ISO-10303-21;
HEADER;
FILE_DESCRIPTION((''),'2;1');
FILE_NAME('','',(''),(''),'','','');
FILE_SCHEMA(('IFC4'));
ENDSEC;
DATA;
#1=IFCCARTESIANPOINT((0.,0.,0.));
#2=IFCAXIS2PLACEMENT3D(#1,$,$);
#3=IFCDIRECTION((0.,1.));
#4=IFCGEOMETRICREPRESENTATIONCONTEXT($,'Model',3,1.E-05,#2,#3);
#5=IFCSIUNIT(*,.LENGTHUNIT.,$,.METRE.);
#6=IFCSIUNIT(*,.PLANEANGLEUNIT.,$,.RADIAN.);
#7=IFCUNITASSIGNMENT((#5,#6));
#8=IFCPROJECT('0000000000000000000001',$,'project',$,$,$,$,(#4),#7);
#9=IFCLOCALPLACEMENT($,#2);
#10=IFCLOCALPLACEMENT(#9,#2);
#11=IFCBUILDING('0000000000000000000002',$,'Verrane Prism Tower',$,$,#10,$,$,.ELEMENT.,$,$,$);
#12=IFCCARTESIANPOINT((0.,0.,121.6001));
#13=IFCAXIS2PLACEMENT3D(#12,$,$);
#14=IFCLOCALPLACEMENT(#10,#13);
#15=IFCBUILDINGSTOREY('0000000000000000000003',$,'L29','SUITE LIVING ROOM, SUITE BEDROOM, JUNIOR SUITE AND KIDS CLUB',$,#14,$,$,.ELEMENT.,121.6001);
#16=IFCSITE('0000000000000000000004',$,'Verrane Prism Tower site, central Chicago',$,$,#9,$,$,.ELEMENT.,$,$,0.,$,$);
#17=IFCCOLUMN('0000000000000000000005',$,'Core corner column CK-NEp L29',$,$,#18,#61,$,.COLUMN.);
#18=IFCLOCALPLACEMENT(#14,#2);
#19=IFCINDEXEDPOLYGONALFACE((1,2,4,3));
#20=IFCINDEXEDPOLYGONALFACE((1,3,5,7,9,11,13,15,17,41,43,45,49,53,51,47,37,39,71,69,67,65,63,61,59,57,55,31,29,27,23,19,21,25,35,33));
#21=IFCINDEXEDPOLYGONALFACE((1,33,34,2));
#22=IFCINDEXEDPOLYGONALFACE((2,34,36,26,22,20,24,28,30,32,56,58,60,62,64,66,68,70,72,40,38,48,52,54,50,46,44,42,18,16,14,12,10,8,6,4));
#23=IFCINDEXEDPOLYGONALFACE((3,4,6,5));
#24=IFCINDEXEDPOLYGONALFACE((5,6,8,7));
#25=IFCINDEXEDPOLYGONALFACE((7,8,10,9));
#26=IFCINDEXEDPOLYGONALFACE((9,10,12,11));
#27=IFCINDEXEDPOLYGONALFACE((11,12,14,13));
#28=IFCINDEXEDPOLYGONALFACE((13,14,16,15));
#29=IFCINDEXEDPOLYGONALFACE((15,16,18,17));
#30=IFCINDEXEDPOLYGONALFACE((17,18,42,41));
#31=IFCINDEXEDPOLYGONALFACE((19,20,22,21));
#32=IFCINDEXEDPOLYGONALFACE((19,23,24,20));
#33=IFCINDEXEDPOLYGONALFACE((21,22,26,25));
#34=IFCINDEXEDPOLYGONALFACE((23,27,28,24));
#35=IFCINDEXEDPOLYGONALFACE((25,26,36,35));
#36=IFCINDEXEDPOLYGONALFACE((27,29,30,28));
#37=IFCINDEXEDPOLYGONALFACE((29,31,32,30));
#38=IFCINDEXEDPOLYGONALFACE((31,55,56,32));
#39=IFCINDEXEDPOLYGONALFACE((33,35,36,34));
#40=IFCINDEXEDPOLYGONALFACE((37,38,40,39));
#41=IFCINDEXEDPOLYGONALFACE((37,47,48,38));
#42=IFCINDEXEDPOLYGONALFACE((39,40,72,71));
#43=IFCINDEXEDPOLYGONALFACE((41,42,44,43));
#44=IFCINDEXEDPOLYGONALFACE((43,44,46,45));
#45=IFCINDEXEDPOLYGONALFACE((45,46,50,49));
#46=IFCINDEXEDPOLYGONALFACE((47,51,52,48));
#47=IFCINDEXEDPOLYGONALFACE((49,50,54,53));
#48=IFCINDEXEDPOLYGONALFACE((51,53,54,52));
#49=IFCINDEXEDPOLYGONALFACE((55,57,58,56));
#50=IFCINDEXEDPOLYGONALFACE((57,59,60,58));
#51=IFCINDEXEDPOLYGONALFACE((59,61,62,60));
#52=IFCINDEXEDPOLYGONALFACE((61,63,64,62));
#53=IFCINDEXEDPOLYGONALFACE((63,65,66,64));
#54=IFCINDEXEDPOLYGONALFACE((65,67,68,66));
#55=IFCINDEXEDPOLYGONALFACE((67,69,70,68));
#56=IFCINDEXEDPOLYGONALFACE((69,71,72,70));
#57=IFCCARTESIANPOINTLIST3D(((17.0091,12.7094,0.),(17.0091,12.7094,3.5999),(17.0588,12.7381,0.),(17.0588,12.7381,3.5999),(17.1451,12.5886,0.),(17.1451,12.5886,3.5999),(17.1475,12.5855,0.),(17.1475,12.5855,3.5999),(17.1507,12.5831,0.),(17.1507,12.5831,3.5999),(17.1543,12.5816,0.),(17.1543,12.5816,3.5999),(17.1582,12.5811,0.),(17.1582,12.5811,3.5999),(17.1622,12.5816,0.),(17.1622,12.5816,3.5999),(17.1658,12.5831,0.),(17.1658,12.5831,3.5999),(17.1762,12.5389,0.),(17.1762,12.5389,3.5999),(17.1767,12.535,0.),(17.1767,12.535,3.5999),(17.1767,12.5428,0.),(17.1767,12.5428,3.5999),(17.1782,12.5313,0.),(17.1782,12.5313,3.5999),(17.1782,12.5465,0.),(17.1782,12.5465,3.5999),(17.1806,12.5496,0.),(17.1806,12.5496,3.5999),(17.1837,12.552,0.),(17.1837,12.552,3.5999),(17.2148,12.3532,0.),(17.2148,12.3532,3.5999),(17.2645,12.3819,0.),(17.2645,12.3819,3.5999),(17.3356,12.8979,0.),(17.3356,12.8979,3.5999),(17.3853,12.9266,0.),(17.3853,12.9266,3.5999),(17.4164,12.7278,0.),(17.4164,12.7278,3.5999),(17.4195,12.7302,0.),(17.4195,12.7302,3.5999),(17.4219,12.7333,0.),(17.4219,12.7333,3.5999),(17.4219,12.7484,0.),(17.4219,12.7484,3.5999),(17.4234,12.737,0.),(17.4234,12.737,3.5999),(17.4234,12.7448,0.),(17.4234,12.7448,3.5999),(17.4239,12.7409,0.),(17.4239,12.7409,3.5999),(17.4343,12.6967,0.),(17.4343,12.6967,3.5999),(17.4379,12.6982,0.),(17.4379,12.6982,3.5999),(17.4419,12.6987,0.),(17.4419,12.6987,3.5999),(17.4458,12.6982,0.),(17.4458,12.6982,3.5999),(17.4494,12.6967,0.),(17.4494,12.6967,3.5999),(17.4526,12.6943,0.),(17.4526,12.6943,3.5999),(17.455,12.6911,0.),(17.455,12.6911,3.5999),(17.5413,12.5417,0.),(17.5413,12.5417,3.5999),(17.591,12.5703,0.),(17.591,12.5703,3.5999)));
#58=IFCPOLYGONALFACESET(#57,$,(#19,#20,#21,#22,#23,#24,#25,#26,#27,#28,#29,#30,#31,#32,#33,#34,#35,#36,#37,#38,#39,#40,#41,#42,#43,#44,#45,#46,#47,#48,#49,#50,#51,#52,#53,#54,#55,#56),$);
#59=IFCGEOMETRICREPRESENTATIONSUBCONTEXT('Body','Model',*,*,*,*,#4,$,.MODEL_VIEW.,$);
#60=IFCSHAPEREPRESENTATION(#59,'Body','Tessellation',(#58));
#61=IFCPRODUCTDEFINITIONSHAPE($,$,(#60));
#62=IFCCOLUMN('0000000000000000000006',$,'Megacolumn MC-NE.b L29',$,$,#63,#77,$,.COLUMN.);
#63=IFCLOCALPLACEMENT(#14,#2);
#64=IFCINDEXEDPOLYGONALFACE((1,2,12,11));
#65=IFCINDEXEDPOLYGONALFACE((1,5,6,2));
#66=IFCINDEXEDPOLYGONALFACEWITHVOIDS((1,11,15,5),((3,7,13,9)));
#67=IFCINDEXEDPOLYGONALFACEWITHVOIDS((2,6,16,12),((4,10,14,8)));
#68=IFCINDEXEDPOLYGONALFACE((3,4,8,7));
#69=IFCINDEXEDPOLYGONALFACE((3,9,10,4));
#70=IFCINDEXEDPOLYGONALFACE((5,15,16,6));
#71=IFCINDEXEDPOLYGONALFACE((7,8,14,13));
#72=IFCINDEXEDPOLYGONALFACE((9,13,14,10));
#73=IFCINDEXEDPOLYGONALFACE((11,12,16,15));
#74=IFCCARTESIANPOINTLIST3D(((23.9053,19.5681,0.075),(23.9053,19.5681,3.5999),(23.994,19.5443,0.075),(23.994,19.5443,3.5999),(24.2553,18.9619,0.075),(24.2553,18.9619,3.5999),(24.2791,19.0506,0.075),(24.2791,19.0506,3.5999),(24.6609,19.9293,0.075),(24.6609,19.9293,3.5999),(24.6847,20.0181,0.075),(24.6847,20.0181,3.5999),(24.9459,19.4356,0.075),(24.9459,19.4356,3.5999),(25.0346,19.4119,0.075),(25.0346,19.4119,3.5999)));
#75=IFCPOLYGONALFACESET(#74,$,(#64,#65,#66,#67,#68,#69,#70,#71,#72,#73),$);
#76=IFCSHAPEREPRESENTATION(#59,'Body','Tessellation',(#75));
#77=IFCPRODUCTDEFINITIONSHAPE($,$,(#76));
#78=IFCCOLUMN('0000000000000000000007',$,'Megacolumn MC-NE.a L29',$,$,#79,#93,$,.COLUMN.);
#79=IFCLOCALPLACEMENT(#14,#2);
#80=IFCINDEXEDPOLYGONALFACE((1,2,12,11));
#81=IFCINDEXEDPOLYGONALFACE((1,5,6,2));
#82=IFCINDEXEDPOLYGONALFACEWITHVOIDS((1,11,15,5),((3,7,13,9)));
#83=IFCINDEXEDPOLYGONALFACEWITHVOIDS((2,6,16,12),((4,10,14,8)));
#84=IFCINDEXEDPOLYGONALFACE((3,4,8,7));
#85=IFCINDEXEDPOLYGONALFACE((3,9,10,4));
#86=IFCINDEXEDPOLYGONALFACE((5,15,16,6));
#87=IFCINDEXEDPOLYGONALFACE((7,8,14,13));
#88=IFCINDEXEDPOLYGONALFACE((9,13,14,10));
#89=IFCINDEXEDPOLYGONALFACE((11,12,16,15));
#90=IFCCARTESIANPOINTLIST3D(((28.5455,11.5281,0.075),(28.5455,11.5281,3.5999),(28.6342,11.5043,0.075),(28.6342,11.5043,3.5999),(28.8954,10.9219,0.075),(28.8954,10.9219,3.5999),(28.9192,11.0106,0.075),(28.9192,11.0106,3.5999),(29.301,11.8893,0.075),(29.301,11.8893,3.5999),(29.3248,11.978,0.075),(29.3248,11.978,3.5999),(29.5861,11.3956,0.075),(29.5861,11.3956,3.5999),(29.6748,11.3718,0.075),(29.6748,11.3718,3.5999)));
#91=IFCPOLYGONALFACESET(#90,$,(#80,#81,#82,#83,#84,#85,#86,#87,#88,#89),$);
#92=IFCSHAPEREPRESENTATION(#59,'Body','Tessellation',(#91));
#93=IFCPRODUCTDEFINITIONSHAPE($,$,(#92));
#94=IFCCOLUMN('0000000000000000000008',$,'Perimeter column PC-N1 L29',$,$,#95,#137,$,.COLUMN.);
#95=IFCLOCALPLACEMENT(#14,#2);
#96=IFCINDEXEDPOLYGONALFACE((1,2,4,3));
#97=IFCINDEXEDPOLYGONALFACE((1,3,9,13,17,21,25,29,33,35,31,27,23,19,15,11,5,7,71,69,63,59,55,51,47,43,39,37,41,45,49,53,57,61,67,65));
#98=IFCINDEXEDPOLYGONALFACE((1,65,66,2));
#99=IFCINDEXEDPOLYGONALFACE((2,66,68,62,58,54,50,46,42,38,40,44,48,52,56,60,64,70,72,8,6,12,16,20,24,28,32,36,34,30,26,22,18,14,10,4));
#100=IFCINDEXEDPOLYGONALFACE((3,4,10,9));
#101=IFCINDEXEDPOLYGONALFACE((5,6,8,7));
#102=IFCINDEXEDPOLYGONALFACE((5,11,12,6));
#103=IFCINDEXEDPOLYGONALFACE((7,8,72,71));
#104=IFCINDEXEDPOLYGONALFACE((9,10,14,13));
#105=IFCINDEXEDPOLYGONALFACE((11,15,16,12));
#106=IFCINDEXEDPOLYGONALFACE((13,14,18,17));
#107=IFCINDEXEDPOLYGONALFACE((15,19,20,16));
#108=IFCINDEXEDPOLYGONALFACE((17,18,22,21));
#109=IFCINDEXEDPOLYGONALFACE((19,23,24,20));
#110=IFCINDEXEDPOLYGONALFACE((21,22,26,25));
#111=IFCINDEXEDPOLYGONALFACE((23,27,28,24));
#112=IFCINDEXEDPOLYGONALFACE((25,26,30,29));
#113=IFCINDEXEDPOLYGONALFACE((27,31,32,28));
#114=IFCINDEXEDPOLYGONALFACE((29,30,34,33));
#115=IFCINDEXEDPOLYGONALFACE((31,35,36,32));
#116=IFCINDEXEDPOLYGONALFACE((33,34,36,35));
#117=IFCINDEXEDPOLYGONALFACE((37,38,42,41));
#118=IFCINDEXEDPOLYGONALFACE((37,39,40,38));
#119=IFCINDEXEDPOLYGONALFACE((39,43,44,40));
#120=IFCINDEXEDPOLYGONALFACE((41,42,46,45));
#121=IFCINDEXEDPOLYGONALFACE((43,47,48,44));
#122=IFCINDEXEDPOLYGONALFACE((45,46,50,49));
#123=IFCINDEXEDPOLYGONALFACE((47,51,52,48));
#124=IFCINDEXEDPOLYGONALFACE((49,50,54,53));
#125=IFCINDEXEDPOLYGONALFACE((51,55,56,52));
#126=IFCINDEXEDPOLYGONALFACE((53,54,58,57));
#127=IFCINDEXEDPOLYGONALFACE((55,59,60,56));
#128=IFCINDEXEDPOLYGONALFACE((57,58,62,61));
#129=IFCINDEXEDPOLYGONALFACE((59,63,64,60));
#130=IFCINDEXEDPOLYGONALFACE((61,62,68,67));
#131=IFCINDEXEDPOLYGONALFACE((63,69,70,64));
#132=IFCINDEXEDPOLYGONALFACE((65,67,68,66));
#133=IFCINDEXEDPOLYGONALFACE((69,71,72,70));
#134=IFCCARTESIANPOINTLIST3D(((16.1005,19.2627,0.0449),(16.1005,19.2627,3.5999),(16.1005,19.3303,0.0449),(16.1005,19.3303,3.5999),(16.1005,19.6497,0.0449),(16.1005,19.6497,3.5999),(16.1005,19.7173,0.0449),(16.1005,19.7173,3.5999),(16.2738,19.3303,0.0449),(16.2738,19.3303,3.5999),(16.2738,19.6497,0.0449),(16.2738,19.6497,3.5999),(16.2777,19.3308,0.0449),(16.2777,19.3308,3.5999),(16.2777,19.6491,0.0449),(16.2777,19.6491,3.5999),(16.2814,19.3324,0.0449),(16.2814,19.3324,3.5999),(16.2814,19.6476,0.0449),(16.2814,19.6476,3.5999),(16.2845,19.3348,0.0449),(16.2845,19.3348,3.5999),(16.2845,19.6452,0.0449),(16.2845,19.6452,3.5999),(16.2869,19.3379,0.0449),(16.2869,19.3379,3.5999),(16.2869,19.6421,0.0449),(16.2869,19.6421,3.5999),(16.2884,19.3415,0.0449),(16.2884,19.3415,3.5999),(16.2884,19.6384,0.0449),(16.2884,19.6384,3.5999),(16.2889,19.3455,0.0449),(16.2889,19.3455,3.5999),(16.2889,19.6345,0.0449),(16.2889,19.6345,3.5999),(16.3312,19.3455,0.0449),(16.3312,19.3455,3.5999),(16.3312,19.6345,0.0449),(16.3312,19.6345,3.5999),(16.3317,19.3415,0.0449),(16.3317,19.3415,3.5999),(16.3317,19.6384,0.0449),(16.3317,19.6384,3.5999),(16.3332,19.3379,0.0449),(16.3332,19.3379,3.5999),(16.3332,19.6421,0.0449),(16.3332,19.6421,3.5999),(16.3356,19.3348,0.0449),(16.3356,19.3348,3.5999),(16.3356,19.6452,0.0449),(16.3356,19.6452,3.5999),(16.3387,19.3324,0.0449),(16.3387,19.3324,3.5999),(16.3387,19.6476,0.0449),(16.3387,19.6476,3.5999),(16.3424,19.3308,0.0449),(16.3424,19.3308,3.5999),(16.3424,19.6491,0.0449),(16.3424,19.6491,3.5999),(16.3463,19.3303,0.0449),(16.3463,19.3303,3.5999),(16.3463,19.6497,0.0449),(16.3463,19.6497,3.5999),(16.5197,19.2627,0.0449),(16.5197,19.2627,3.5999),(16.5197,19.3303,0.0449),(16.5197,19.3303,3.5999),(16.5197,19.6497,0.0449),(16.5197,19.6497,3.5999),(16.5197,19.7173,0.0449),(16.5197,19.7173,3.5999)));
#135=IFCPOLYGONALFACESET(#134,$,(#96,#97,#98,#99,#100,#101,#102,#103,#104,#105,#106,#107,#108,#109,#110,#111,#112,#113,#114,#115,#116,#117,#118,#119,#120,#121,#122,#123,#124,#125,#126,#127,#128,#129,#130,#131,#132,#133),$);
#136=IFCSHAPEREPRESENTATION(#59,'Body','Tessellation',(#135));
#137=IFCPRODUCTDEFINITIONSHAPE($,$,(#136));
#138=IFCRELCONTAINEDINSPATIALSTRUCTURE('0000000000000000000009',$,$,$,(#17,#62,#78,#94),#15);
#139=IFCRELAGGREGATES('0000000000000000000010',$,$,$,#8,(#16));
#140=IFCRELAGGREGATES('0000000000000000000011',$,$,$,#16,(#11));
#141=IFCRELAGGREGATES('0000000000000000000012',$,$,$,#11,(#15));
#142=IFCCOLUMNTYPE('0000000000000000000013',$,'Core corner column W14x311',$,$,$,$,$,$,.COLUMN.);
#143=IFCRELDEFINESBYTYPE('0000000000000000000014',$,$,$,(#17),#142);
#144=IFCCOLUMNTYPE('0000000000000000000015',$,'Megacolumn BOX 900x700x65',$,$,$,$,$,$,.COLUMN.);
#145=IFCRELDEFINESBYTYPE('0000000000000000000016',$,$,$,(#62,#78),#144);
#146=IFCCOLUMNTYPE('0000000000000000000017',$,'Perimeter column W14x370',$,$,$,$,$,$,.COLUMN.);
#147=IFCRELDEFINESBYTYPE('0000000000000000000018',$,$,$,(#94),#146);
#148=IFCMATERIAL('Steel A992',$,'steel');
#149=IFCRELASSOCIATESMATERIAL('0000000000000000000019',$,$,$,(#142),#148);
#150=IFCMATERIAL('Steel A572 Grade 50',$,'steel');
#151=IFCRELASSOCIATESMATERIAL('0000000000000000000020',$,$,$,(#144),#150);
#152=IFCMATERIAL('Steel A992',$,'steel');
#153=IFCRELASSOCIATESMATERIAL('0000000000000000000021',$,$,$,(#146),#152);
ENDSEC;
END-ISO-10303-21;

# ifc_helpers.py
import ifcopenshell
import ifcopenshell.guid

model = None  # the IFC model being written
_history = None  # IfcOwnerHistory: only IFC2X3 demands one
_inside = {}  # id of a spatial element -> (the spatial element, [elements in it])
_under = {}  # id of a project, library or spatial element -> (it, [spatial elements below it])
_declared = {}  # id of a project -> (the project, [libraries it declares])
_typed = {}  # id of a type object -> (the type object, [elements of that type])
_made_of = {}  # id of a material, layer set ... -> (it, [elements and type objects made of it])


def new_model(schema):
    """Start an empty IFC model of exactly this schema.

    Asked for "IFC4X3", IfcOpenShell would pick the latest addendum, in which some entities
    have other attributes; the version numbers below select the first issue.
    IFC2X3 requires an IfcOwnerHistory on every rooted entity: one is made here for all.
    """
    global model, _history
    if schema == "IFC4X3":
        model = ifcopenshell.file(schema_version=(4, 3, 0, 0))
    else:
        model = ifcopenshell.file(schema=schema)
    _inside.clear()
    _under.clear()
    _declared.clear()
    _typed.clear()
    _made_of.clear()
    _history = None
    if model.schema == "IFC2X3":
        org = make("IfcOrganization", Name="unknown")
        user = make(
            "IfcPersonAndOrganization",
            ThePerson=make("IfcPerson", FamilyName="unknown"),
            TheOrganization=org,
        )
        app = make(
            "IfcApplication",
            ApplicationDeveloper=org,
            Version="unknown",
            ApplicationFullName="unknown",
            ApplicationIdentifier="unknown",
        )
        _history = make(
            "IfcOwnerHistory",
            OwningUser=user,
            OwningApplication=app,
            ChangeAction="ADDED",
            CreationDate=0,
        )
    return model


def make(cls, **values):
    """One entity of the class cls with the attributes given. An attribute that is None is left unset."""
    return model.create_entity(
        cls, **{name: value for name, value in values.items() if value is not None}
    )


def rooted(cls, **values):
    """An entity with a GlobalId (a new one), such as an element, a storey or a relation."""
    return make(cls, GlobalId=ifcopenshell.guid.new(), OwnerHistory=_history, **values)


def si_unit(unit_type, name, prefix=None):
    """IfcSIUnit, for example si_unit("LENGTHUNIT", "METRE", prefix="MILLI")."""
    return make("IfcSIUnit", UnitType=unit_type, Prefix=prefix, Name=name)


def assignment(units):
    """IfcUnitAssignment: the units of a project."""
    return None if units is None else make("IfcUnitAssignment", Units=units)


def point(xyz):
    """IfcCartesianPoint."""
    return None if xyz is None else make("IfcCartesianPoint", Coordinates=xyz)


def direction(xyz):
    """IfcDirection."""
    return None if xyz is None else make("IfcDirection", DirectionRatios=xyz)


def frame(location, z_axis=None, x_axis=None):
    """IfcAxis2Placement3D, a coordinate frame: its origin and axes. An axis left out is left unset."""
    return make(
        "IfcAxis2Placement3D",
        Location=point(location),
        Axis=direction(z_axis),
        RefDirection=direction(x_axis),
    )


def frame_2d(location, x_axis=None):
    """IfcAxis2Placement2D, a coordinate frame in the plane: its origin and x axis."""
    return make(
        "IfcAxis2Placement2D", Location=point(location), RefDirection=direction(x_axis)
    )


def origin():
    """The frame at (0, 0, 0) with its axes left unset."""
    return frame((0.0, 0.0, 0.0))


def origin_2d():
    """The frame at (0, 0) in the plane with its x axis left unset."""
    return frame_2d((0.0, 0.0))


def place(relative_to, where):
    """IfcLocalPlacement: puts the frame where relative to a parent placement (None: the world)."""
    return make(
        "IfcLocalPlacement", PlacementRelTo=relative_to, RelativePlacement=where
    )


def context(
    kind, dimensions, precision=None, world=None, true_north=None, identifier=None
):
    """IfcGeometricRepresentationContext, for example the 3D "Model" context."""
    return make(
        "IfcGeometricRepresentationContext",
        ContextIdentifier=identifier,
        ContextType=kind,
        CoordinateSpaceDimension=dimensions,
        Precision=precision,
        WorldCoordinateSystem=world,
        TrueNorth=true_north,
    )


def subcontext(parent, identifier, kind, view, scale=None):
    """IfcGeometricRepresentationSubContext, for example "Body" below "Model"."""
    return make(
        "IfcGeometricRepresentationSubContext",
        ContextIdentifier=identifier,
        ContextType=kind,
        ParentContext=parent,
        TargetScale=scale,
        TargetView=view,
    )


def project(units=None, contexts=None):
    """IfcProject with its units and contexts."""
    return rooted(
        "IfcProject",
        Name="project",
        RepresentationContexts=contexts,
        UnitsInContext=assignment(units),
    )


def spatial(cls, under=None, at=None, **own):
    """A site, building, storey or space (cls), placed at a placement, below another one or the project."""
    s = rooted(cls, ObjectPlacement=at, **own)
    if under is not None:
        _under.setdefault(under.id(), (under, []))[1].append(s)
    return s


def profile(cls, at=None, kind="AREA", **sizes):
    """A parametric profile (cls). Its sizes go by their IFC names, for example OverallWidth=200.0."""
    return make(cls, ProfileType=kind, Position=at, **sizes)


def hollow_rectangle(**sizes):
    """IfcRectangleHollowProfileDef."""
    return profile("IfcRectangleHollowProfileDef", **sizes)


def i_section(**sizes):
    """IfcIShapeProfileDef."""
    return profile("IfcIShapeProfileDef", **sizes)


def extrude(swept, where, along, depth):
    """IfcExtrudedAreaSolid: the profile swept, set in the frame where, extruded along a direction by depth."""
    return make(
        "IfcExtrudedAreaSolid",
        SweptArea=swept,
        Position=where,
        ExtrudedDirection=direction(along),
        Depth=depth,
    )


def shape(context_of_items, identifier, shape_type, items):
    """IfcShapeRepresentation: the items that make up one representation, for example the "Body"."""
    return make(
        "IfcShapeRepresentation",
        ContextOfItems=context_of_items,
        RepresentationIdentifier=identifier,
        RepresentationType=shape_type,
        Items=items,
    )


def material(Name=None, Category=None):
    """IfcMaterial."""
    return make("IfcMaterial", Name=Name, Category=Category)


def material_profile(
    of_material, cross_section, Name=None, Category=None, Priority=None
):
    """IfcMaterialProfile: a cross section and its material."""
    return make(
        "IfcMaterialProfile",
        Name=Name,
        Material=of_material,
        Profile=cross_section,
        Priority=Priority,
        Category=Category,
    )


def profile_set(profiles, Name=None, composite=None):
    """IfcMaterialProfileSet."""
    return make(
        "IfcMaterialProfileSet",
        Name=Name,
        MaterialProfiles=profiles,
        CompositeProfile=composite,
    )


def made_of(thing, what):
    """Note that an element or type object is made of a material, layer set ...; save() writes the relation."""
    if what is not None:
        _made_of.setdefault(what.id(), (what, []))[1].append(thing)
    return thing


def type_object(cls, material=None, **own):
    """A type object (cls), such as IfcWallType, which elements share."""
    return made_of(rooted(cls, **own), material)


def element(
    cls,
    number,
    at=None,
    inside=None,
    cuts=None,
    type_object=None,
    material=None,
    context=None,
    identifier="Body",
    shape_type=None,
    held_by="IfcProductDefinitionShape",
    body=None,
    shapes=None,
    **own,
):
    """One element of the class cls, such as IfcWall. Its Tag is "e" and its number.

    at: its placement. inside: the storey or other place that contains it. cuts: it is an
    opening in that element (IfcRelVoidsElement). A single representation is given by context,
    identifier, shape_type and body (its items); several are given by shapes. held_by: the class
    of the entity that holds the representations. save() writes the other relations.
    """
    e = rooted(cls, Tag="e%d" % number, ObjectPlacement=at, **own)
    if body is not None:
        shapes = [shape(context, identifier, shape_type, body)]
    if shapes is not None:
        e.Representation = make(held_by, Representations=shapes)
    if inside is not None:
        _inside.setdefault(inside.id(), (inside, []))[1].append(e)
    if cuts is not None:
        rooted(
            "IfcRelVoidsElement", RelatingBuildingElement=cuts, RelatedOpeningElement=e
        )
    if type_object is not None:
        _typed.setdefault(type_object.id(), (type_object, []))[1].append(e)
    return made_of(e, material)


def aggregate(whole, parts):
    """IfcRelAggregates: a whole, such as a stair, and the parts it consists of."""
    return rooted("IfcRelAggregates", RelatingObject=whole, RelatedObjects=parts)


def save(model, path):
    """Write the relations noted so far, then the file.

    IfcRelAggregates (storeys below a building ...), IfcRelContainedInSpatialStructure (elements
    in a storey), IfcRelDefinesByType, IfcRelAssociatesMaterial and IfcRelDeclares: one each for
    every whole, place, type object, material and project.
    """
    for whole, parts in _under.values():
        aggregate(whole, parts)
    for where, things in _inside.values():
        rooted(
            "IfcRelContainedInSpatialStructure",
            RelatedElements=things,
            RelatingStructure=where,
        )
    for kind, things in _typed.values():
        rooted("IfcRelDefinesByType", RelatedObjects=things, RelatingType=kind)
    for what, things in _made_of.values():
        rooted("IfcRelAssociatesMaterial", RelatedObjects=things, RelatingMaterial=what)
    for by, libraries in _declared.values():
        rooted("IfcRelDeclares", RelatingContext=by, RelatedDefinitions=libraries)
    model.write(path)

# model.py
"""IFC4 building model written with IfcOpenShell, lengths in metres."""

from ifc_helpers import new_model, si_unit, direction, frame, origin, origin_2d, place, context, subcontext, project, spatial, hollow_rectangle, i_section, extrude, material, material_profile, profile_set, type_object, element, save


model = new_model("IFC4")

# Units and contexts
model_context = context("Model", 3, precision=1e-05, world=origin(), true_north=direction((0.0, 1.0)))
body_context = subcontext(model_context, "Body", "Model", "MODEL_VIEW")
ifc_project = project(units=[si_unit("LENGTHUNIT", "METRE"), si_unit("PLANEANGLEUNIT", "RADIAN")], contexts=[model_context])

# Site, building, storey
site_placement = place(None, origin())
site = spatial("IfcSite", under=ifc_project, at=site_placement, Name="Verrane Prism Tower site, central Chicago", CompositionType="ELEMENT", RefElevation=0.0)
building_placement = place(site_placement, origin())
building = spatial("IfcBuilding", under=site, at=building_placement, Name="Verrane Prism Tower", CompositionType="ELEMENT")
storey_placement = place(building_placement, frame((0.0, 0.0, 121.6001)))
storey = spatial("IfcBuildingStorey", under=building, at=storey_placement, Name="L29", Description="SUITE LIVING ROOM, SUITE BEDROOM, JUNIOR SUITE AND KIDS CLUB", CompositionType="ELEMENT", Elevation=121.6001)

# Columns
ifc_material_1 = material(Name="Steel A992", Category="steel")
ifc_material_profile_1 = material_profile(ifc_material_1, i_section(OverallWidth=0.4114, OverallDepth=0.4343, WebThickness=0.0359, FlangeThickness=0.0574, FilletRadius=0.0151, at=origin_2d()), Name="W14x311")
ifc_profile_set_1 = profile_set([ifc_material_profile_1], Name="Steel A992")
column_type_1 = type_object("IfcColumnType", Name="Core corner column W14x311", PredefinedType="COLUMN", material=ifc_profile_set_1)
column_1_placement = place(storey_placement, frame((17.3, 12.6399, 0.0), z_axis=(0.0, 0.0, 1.0), x_axis=(0.5, -0.866025, 0.0)))
element("IfcColumn", 1, at=column_1_placement, inside=storey, type_object=column_type_1, Name="Core corner column CK-NEp L29", PredefinedType="COLUMN", context=body_context, shape_type="SweptSolid", body=[
    extrude(i_section(OverallWidth=0.4114, OverallDepth=0.4343, WebThickness=0.0359, FlangeThickness=0.0574, FilletRadius=0.0151, at=origin_2d()), origin(), (0.0, 0.0, 1.0), 3.5999),
])
ifc_material_2 = material(Name="Steel A572 Grade 50", Category="steel")
ifc_material_profile_2 = material_profile(ifc_material_2, hollow_rectangle(XDim=0.7, YDim=0.8999, WallThickness=0.0649, at=origin_2d()), Name="BOX 900x700x65")
ifc_profile_set_2 = profile_set([ifc_material_profile_2], Name="Steel A572 Grade 50")
column_type_2 = type_object("IfcColumnType", Name="Megacolumn BOX 900x700x65", PredefinedType="COLUMN", material=ifc_profile_set_2)
for number, where, z_axis, x_axis, name in (
    (2, (24.47, 19.49, 0.075), (0.0, 0.0, 1.0), (0.5, -0.866025, 0.0), "Megacolumn MC-NE.b L29"),
    (3, (29.1101, 11.45, 0.075), (0.0, 0.0, 1.0), (0.5, -0.866025, 0.0), "Megacolumn MC-NE.a L29"),
):
    element("IfcColumn", number, at=place(storey_placement, frame(where, z_axis=z_axis, x_axis=x_axis)), inside=storey, type_object=column_type_2, Name=name, PredefinedType="COLUMN", context=body_context, shape_type="SweptSolid", body=[
        extrude(hollow_rectangle(XDim=0.7, YDim=0.8999, WallThickness=0.0649, at=origin_2d()), origin(), (0.0, 0.0, 1.0), 3.5249),
    ])
ifc_material_3 = material(Name="Steel A992", Category="steel")
ifc_material_profile_3 = material_profile(ifc_material_3, i_section(OverallWidth=0.4192, OverallDepth=0.4546, WebThickness=0.0422, FlangeThickness=0.0676, FilletRadius=0.0151, at=origin_2d()), Name="W14x370")
ifc_profile_set_3 = profile_set([ifc_material_profile_3], Name="Steel A992")
column_type_3 = type_object("IfcColumnType", Name="Perimeter column W14x370", PredefinedType="COLUMN", material=ifc_profile_set_3)
column_2_placement = place(storey_placement, frame((16.3101, 19.49, 0.0449), z_axis=(0.0, 0.0, 1.0), x_axis=(1.0, 0.0, 0.0)))
element("IfcColumn", 4, at=column_2_placement, inside=storey, type_object=column_type_3, Name="Perimeter column PC-N1 L29", PredefinedType="COLUMN", context=body_context, shape_type="SweptSolid", body=[
    extrude(i_section(OverallWidth=0.4192, OverallDepth=0.4546, WebThickness=0.0422, FlangeThickness=0.0676, FilletRadius=0.0151, at=origin_2d()), origin(), (0.0, 0.0, 1.0), 3.5549),
])

save(model, "model.ifc")
